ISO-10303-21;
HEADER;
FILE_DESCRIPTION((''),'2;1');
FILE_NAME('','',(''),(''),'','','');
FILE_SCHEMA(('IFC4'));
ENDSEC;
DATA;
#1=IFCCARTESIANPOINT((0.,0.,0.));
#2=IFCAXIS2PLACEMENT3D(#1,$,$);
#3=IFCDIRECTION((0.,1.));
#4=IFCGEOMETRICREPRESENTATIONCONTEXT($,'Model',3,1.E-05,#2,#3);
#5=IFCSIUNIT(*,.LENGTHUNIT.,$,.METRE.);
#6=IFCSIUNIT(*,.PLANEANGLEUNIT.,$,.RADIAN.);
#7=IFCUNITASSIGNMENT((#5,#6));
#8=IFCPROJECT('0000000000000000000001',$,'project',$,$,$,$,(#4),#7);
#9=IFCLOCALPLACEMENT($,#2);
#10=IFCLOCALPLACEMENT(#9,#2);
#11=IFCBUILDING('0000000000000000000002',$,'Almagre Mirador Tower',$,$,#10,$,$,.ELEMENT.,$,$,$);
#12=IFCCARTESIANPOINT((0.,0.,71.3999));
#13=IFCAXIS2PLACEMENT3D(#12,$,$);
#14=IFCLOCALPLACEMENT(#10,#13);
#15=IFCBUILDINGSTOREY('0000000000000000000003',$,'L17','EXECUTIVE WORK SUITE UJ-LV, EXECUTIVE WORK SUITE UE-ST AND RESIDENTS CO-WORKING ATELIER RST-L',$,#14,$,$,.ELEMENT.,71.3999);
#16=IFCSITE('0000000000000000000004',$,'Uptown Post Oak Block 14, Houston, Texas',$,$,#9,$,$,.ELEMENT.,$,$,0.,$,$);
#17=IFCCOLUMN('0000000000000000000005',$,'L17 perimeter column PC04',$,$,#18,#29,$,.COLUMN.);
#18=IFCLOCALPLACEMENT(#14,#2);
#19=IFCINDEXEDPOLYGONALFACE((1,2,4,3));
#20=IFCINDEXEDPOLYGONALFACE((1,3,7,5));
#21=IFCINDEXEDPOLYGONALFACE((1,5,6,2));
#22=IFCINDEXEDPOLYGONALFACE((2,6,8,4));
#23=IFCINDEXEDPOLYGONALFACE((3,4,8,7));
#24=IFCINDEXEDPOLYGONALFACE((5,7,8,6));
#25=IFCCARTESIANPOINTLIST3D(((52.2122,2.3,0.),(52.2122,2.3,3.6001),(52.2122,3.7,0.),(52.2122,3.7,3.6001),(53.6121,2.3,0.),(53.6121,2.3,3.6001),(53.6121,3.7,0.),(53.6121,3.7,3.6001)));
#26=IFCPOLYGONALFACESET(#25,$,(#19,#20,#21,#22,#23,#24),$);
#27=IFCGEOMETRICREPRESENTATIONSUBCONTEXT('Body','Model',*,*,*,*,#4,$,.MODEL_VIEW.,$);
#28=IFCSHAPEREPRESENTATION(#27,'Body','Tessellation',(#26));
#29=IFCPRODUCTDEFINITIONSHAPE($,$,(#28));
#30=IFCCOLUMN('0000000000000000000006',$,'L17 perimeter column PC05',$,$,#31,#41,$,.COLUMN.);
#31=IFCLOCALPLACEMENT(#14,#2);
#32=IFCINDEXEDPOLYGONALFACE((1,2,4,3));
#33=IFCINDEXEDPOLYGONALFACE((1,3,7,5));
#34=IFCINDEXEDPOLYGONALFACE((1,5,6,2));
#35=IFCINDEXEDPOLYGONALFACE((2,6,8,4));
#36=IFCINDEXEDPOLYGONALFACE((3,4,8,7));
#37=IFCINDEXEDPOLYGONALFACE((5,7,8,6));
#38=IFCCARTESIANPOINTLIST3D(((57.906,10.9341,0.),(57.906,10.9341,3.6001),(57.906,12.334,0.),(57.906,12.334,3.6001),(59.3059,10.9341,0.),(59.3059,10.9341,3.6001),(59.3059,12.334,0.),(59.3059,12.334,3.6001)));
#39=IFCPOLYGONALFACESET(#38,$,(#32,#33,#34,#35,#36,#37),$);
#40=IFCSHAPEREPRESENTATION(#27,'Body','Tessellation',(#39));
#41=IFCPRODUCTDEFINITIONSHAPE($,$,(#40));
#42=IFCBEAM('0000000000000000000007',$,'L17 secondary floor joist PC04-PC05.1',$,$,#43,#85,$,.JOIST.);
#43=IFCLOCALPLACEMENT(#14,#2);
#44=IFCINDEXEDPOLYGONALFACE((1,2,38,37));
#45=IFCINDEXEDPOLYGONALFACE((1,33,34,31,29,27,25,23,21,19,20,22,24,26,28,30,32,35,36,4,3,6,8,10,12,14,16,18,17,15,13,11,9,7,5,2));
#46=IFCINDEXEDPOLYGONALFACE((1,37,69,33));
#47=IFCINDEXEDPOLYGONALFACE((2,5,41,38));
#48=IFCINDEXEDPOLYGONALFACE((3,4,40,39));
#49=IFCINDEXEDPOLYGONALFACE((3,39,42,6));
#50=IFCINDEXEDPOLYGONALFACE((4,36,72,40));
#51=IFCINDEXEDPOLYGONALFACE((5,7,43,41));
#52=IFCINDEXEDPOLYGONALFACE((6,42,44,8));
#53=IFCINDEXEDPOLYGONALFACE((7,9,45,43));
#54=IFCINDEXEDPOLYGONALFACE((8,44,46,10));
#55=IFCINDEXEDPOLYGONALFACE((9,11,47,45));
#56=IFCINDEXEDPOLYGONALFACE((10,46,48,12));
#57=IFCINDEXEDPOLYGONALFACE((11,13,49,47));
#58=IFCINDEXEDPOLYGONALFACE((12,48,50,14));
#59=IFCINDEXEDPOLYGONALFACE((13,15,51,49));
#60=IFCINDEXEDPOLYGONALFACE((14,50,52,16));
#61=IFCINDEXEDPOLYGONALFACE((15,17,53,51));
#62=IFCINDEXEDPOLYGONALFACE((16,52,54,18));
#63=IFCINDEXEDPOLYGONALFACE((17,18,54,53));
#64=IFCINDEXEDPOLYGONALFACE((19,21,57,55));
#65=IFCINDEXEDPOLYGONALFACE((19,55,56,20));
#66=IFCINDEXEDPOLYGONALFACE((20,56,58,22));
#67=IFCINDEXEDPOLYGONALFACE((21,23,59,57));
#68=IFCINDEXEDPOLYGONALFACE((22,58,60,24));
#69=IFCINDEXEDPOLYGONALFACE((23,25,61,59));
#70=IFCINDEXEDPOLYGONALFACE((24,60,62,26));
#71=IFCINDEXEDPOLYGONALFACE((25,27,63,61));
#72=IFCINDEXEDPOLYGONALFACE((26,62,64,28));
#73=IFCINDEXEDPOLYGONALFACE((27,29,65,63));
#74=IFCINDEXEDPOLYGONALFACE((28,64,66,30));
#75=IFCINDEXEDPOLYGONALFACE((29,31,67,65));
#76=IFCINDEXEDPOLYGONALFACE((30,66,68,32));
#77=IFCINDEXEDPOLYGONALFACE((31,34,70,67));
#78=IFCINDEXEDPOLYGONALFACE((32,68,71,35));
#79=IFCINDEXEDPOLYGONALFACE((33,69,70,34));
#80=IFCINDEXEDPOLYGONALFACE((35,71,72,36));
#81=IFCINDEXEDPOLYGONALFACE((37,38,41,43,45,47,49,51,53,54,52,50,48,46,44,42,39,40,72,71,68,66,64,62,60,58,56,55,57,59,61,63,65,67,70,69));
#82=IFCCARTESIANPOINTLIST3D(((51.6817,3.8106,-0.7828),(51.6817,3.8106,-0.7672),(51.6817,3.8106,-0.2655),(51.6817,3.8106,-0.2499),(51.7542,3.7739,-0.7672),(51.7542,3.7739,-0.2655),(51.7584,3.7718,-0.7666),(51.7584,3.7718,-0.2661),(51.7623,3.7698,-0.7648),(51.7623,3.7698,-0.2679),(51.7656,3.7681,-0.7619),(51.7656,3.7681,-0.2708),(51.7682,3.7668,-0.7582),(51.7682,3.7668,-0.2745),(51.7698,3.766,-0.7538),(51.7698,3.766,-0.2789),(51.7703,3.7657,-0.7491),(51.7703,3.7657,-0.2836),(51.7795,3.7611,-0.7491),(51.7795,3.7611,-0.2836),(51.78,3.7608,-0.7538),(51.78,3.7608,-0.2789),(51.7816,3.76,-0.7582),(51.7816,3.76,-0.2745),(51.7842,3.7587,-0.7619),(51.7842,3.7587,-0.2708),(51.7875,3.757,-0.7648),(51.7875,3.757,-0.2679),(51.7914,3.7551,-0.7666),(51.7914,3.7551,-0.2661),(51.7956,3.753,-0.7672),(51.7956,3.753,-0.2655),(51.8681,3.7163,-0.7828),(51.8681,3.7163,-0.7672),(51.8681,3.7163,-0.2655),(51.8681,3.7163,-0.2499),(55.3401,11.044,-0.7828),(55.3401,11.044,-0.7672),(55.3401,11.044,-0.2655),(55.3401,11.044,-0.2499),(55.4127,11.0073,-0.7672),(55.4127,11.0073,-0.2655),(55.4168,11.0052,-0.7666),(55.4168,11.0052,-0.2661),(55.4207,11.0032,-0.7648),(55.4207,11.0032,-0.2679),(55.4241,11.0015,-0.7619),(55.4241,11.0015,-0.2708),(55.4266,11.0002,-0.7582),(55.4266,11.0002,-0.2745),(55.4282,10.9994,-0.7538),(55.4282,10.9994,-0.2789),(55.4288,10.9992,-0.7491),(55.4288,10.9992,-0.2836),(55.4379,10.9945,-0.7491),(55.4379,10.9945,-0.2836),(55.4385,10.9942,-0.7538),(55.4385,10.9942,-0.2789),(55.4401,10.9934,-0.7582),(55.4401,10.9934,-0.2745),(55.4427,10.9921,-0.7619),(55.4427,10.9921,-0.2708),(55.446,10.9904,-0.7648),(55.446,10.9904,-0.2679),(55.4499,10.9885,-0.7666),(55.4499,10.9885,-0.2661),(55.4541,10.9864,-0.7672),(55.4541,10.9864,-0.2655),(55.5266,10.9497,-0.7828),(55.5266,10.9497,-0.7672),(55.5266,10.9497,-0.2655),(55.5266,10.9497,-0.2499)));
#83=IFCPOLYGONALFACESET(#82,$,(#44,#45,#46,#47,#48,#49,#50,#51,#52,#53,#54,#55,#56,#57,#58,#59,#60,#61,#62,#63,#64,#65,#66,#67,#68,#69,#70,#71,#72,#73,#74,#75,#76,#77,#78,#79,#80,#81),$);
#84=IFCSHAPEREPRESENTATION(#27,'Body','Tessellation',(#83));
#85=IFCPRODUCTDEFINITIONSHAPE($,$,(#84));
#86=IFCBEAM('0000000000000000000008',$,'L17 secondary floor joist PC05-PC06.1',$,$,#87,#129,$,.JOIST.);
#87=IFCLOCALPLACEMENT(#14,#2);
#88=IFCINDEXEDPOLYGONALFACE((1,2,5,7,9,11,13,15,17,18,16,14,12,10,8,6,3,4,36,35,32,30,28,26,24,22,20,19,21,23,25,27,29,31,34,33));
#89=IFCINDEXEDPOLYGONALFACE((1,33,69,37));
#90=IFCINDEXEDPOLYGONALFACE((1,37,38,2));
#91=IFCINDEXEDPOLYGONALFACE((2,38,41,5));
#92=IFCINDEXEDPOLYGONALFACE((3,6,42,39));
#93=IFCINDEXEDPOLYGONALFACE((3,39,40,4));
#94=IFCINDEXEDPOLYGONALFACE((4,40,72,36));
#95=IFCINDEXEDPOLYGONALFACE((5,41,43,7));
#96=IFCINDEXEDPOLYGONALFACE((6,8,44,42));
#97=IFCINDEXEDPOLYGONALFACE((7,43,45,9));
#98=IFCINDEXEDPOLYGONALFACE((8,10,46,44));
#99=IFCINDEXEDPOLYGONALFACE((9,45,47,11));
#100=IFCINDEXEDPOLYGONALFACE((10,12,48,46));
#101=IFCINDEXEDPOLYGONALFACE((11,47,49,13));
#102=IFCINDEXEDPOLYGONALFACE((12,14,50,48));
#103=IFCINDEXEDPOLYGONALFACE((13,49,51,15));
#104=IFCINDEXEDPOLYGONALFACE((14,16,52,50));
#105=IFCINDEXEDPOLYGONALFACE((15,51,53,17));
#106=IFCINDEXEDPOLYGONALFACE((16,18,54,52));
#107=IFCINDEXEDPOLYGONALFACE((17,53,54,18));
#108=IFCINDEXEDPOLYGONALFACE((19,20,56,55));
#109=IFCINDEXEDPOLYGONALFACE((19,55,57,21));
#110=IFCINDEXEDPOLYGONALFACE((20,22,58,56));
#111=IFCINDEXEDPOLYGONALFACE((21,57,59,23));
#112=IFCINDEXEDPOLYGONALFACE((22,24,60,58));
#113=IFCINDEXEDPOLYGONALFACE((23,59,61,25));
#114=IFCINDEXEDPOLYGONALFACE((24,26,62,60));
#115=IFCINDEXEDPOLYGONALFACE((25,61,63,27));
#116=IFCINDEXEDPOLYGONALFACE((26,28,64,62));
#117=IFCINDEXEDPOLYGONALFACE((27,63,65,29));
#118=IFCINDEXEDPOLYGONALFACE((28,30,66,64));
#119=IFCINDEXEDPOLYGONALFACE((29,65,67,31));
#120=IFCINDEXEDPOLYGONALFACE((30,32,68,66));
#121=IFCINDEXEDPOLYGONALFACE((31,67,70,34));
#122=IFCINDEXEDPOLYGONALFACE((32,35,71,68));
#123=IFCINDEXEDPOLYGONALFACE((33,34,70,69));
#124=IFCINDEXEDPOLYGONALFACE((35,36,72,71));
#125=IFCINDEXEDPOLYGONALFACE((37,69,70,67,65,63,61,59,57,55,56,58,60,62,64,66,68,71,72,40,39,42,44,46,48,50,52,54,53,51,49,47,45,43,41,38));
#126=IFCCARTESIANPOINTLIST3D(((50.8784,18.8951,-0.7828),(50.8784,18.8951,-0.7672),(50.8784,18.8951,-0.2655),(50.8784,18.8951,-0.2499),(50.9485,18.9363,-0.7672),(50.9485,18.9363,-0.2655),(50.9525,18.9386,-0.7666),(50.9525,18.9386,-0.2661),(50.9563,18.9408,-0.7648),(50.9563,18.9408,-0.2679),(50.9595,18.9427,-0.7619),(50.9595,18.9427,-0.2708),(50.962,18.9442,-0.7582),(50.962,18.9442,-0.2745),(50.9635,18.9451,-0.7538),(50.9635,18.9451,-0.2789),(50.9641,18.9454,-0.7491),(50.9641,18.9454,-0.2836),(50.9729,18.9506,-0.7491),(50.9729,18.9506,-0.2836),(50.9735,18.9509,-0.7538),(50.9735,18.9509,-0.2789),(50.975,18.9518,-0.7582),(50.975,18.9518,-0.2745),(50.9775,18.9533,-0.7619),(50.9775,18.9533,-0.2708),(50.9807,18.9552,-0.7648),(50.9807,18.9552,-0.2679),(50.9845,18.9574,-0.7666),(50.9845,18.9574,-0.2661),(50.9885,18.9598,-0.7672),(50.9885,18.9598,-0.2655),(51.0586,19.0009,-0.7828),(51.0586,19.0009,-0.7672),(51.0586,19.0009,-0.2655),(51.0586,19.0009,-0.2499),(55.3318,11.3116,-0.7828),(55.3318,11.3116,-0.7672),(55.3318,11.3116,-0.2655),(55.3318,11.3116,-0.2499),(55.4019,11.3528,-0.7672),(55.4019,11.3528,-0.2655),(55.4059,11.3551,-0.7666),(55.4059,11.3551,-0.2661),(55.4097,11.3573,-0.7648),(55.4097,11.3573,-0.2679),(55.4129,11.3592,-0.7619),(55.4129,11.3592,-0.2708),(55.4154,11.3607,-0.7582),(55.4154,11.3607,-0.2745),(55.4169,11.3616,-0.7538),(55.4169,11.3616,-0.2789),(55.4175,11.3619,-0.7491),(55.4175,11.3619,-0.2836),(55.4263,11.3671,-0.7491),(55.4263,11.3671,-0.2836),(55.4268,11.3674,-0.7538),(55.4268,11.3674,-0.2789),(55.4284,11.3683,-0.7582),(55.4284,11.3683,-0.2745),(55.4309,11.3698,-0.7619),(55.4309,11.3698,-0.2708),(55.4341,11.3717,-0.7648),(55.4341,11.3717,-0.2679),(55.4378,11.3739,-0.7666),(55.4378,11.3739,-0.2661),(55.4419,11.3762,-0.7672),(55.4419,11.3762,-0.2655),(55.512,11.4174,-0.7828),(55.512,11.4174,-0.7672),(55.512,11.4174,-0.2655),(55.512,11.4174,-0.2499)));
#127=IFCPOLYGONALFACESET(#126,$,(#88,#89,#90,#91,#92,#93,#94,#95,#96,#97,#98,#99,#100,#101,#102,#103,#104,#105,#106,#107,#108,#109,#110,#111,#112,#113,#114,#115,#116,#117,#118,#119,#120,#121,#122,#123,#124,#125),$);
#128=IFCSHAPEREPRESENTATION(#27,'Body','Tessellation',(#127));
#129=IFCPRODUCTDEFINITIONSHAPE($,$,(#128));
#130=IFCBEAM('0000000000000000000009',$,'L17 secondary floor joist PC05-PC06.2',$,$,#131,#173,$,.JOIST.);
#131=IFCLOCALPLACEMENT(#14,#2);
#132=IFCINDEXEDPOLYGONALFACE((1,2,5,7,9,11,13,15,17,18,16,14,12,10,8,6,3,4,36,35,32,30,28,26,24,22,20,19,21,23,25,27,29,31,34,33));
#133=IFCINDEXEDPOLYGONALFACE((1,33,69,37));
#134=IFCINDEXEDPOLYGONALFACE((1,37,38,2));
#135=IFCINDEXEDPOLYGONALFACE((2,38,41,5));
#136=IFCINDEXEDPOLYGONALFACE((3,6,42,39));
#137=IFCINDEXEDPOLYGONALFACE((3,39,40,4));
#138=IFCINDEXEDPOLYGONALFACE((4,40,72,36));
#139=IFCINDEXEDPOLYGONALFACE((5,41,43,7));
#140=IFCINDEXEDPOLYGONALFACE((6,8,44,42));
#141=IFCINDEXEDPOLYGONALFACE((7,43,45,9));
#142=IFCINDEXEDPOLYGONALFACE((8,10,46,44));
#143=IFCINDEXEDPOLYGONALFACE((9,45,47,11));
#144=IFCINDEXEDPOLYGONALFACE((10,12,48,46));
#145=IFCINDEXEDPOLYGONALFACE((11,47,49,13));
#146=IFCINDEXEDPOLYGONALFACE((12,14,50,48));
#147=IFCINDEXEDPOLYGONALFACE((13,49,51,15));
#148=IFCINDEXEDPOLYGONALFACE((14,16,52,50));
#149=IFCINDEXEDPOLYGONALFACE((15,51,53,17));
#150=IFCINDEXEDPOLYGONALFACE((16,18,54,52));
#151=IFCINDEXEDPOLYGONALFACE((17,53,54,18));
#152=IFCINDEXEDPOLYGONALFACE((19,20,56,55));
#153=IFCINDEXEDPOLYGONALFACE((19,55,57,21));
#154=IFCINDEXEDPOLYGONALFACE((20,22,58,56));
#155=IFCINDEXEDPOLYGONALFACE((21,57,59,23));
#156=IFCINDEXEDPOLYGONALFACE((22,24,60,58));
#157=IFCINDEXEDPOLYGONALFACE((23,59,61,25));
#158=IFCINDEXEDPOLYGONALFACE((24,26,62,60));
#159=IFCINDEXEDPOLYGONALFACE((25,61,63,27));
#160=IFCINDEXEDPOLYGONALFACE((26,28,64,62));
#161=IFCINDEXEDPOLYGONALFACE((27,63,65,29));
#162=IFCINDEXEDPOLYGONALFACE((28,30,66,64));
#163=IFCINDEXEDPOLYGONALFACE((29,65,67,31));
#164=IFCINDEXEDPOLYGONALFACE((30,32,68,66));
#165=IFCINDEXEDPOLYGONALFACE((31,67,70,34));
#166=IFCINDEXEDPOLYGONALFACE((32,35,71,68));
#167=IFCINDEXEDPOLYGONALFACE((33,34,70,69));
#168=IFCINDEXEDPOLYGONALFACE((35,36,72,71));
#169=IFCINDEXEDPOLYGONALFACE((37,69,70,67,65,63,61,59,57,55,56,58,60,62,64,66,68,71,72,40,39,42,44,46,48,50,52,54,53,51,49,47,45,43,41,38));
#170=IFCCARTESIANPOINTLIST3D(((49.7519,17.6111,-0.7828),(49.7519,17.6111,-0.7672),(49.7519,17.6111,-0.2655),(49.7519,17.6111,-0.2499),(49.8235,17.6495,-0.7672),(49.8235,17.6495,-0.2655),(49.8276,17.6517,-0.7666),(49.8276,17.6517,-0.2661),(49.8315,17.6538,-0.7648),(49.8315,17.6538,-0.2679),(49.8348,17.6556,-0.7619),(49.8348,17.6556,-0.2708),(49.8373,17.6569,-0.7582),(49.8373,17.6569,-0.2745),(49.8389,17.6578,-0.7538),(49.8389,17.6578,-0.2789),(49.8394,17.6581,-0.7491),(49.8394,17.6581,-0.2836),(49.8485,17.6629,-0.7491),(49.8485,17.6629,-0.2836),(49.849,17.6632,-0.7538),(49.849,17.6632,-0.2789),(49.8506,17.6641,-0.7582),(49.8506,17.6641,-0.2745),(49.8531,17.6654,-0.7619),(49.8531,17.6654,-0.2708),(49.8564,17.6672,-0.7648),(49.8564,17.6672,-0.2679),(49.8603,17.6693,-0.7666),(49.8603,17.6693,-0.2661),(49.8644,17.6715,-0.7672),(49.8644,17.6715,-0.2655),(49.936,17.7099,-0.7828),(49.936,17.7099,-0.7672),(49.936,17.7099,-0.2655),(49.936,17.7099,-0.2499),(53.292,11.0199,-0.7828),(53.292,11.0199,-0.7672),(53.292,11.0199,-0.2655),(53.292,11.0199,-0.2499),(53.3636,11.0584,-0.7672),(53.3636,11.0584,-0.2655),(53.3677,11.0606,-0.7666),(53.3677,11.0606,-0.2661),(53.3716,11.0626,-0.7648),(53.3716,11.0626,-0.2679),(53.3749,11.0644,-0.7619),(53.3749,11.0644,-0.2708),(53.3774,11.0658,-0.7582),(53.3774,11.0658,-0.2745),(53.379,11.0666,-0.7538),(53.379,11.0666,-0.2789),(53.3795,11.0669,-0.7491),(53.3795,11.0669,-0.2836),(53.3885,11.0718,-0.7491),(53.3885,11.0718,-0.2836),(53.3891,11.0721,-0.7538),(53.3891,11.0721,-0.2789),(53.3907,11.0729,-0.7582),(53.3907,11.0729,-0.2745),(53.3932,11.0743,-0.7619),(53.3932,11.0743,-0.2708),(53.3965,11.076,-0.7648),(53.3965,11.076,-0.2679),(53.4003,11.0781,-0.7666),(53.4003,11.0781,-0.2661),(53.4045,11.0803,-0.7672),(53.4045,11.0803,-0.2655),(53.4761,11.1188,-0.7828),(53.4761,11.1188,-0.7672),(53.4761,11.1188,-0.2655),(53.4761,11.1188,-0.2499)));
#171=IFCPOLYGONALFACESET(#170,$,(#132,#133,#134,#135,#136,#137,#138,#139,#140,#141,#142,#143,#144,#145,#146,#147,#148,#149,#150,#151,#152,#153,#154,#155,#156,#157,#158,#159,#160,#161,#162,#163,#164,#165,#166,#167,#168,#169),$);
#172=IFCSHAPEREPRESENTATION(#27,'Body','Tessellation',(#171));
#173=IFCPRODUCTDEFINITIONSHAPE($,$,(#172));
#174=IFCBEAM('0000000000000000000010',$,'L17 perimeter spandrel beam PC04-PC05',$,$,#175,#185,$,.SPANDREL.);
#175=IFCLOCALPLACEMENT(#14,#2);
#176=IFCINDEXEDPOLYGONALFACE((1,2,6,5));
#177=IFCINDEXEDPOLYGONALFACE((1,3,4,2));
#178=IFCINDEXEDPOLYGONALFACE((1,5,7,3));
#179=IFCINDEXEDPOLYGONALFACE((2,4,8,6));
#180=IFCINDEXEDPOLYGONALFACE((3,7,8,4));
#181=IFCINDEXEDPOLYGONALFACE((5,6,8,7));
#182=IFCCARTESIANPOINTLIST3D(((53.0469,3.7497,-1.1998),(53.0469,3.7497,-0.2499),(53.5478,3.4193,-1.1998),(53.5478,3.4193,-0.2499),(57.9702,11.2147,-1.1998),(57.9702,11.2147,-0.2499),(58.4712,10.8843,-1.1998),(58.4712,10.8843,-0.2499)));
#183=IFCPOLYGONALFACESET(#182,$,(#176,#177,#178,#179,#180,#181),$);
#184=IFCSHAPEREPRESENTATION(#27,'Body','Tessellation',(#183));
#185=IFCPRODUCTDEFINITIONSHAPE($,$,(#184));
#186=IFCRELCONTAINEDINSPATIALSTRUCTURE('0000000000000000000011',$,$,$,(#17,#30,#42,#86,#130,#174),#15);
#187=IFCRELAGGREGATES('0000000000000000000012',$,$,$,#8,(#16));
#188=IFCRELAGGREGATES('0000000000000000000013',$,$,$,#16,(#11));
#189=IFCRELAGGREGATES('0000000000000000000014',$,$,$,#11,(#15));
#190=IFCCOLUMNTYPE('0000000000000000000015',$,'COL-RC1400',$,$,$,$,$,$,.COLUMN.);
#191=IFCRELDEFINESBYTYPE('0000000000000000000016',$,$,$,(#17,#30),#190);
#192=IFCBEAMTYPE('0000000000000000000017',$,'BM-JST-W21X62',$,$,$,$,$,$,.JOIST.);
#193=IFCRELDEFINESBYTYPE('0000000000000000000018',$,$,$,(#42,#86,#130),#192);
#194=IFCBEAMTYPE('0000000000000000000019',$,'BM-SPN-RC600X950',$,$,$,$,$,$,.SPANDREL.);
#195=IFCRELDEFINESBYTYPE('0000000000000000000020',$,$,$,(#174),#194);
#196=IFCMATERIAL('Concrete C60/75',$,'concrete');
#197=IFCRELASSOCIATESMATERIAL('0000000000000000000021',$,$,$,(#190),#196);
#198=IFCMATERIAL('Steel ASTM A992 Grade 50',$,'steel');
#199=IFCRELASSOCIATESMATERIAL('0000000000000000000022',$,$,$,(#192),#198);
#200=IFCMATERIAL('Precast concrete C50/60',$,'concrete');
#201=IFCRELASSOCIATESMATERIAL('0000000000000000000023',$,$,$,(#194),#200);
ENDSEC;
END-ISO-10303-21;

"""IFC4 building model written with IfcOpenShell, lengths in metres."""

from ifc_helpers import new_model, si_unit, direction, frame, origin, origin_2d, place, context, subcontext, project, spatial, rectangle, i_section, extrude, material, material_profile, profile_set, type_object, element, save


model = new_model("IFC4")

# Units and contexts
model_context = context("Model", 3, precision=1e-05, world=origin(), true_north=direction((0.0, 1.0)))
body_context = subcontext(model_context, "Body", "Model", "MODEL_VIEW")
ifc_project = project(units=[si_unit("LENGTHUNIT", "METRE"), si_unit("PLANEANGLEUNIT", "RADIAN")], contexts=[model_context])

# Site, building, storey
site_placement = place(None, origin())
site = spatial("IfcSite", under=ifc_project, at=site_placement, Name="Uptown Post Oak Block 14, Houston, Texas", CompositionType="ELEMENT", RefElevation=0.0)
building_placement = place(site_placement, origin())
building = spatial("IfcBuilding", under=site, at=building_placement, Name="Almagre Mirador Tower", CompositionType="ELEMENT")
storey_placement = place(building_placement, frame((0.0, 0.0, 71.3999)))
storey = spatial("IfcBuildingStorey", under=building, at=storey_placement, Name="L17", Description="EXECUTIVE WORK SUITE UJ-LV, EXECUTIVE WORK SUITE UE-ST AND RESIDENTS CO-WORKING ATELIER RST-L", CompositionType="ELEMENT", Elevation=71.3999)

# Columns
ifc_material_1 = material(Name="Concrete C60/75", Category="concrete")
ifc_material_profile_1 = material_profile(ifc_material_1, rectangle(XDim=1.3999, YDim=1.3999, at=origin_2d()), Name="RC1400X1400")
ifc_profile_set_1 = profile_set([ifc_material_profile_1], Name="Concrete C60/75")
column_type = type_object("IfcColumnType", Name="COL-RC1400", PredefinedType="COLUMN", material=ifc_profile_set_1)
for number, where, z_axis, x_axis, name in (
    (1, (52.9121, 3.0, 0.0), (0.0, 0.0, 1.0), (1.0, 0.0, 0.0), "L17 perimeter column PC04"),
    (2, (58.606, 11.634, 0.0), (0.0, 0.0, 1.0), (1.0, 0.0, 0.0), "L17 perimeter column PC05"),
):
    element("IfcColumn", number, at=place(storey_placement, frame(where, z_axis=z_axis, x_axis=x_axis)), inside=storey, type_object=column_type, Name=name, PredefinedType="COLUMN", context=body_context, shape_type="SweptSolid", body=[
        extrude(rectangle(XDim=1.3999, YDim=1.3999, at=origin_2d()), origin(), (0.0, 0.0, 1.0), 3.6001),
    ])

# Beams
ifc_material_2 = material(Name="Steel ASTM A992 Grade 50", Category="steel")
ifc_material_profile_2 = material_profile(ifc_material_2, i_section(OverallWidth=0.209, OverallDepth=0.533, WebThickness=0.0103, FlangeThickness=0.0156, FilletRadius=0.0181, at=origin_2d()), Name="W21X62")
ifc_profile_set_2 = profile_set([ifc_material_profile_2], Name="Steel ASTM A992 Grade 50")
beam_type_1 = type_object("IfcBeamType", Name="BM-JST-W21X62", PredefinedType="JOIST", material=ifc_profile_set_2)
beam_1_placement = place(storey_placement, frame((51.7749, 3.7634, -0.5164), z_axis=(0.451329, 0.892358, 0.0), x_axis=(-0.892358, 0.451329, 0.0)))
element("IfcBeam", 3, at=beam_1_placement, inside=storey, type_object=beam_type_1, Name="L17 secondary floor joist PC04-PC05.1", PredefinedType="JOIST", context=body_context, shape_type="SweptSolid", body=[
    extrude(i_section(OverallWidth=0.209, OverallDepth=0.533, WebThickness=0.0103, FlangeThickness=0.0156, FilletRadius=0.0181, at=origin_2d()), origin(), (0.0, 0.0, 1.0), 8.106),
])
beam_2_placement = place(storey_placement, frame((55.4219, 11.3645, -0.5164), z_axis=(-0.506385, 0.862307, 0.0), x_axis=(-0.862307, -0.506385, 0.0)))
element("IfcBeam", 4, at=beam_2_placement, inside=storey, type_object=beam_type_1, Name="L17 secondary floor joist PC05-PC06.1", PredefinedType="JOIST", context=body_context, shape_type="SweptSolid", body=[
    extrude(i_section(OverallWidth=0.209, OverallDepth=0.533, WebThickness=0.0103, FlangeThickness=0.0156, FilletRadius=0.0181, at=origin_2d()), origin(), (0.0, 0.0, 1.0), 8.7944),
])
beam_3_placement = place(storey_placement, frame((53.384, 11.0693, -0.5164), z_axis=(-0.473167, 0.880973, 0.0), x_axis=(-0.880973, -0.473167, 0.0)))
element("IfcBeam", 5, at=beam_3_placement, inside=storey, type_object=beam_type_1, Name="L17 secondary floor joist PC05-PC06.2", PredefinedType="JOIST", context=body_context, shape_type="SweptSolid", body=[
    extrude(i_section(OverallWidth=0.209, OverallDepth=0.533, WebThickness=0.0103, FlangeThickness=0.0156, FilletRadius=0.0181, at=origin_2d()), origin(), (0.0, 0.0, 1.0), 7.4817),
])
ifc_material_3 = material(Name="Precast concrete C50/60", Category="concrete")
ifc_material_profile_3 = material_profile(ifc_material_3, rectangle(XDim=0.6001, YDim=0.95, at=origin_2d()), Name="RC600X950")
ifc_profile_set_3 = profile_set([ifc_material_profile_3], Name="Precast concrete C50/60")
beam_type_2 = type_object("IfcBeamType", Name="BM-SPN-RC600X950", PredefinedType="SPANDREL", material=ifc_profile_set_3)
beam_4_placement = place(storey_placement, frame((53.2974, 3.5845, -0.7249), z_axis=(0.55056, 0.834795, 0.0), x_axis=(-0.834795, 0.55056, 0.0)))
element("IfcBeam", 6, at=beam_4_placement, inside=storey, type_object=beam_type_2, Name="L17 perimeter spandrel beam PC04-PC05", PredefinedType="SPANDREL", context=body_context, shape_type="SweptSolid", body=[
    extrude(rectangle(XDim=0.6001, YDim=0.95, at=origin_2d()), origin(), (0.0, 0.0, 1.0), 8.9424),
])

save(model, "model.ifc")
